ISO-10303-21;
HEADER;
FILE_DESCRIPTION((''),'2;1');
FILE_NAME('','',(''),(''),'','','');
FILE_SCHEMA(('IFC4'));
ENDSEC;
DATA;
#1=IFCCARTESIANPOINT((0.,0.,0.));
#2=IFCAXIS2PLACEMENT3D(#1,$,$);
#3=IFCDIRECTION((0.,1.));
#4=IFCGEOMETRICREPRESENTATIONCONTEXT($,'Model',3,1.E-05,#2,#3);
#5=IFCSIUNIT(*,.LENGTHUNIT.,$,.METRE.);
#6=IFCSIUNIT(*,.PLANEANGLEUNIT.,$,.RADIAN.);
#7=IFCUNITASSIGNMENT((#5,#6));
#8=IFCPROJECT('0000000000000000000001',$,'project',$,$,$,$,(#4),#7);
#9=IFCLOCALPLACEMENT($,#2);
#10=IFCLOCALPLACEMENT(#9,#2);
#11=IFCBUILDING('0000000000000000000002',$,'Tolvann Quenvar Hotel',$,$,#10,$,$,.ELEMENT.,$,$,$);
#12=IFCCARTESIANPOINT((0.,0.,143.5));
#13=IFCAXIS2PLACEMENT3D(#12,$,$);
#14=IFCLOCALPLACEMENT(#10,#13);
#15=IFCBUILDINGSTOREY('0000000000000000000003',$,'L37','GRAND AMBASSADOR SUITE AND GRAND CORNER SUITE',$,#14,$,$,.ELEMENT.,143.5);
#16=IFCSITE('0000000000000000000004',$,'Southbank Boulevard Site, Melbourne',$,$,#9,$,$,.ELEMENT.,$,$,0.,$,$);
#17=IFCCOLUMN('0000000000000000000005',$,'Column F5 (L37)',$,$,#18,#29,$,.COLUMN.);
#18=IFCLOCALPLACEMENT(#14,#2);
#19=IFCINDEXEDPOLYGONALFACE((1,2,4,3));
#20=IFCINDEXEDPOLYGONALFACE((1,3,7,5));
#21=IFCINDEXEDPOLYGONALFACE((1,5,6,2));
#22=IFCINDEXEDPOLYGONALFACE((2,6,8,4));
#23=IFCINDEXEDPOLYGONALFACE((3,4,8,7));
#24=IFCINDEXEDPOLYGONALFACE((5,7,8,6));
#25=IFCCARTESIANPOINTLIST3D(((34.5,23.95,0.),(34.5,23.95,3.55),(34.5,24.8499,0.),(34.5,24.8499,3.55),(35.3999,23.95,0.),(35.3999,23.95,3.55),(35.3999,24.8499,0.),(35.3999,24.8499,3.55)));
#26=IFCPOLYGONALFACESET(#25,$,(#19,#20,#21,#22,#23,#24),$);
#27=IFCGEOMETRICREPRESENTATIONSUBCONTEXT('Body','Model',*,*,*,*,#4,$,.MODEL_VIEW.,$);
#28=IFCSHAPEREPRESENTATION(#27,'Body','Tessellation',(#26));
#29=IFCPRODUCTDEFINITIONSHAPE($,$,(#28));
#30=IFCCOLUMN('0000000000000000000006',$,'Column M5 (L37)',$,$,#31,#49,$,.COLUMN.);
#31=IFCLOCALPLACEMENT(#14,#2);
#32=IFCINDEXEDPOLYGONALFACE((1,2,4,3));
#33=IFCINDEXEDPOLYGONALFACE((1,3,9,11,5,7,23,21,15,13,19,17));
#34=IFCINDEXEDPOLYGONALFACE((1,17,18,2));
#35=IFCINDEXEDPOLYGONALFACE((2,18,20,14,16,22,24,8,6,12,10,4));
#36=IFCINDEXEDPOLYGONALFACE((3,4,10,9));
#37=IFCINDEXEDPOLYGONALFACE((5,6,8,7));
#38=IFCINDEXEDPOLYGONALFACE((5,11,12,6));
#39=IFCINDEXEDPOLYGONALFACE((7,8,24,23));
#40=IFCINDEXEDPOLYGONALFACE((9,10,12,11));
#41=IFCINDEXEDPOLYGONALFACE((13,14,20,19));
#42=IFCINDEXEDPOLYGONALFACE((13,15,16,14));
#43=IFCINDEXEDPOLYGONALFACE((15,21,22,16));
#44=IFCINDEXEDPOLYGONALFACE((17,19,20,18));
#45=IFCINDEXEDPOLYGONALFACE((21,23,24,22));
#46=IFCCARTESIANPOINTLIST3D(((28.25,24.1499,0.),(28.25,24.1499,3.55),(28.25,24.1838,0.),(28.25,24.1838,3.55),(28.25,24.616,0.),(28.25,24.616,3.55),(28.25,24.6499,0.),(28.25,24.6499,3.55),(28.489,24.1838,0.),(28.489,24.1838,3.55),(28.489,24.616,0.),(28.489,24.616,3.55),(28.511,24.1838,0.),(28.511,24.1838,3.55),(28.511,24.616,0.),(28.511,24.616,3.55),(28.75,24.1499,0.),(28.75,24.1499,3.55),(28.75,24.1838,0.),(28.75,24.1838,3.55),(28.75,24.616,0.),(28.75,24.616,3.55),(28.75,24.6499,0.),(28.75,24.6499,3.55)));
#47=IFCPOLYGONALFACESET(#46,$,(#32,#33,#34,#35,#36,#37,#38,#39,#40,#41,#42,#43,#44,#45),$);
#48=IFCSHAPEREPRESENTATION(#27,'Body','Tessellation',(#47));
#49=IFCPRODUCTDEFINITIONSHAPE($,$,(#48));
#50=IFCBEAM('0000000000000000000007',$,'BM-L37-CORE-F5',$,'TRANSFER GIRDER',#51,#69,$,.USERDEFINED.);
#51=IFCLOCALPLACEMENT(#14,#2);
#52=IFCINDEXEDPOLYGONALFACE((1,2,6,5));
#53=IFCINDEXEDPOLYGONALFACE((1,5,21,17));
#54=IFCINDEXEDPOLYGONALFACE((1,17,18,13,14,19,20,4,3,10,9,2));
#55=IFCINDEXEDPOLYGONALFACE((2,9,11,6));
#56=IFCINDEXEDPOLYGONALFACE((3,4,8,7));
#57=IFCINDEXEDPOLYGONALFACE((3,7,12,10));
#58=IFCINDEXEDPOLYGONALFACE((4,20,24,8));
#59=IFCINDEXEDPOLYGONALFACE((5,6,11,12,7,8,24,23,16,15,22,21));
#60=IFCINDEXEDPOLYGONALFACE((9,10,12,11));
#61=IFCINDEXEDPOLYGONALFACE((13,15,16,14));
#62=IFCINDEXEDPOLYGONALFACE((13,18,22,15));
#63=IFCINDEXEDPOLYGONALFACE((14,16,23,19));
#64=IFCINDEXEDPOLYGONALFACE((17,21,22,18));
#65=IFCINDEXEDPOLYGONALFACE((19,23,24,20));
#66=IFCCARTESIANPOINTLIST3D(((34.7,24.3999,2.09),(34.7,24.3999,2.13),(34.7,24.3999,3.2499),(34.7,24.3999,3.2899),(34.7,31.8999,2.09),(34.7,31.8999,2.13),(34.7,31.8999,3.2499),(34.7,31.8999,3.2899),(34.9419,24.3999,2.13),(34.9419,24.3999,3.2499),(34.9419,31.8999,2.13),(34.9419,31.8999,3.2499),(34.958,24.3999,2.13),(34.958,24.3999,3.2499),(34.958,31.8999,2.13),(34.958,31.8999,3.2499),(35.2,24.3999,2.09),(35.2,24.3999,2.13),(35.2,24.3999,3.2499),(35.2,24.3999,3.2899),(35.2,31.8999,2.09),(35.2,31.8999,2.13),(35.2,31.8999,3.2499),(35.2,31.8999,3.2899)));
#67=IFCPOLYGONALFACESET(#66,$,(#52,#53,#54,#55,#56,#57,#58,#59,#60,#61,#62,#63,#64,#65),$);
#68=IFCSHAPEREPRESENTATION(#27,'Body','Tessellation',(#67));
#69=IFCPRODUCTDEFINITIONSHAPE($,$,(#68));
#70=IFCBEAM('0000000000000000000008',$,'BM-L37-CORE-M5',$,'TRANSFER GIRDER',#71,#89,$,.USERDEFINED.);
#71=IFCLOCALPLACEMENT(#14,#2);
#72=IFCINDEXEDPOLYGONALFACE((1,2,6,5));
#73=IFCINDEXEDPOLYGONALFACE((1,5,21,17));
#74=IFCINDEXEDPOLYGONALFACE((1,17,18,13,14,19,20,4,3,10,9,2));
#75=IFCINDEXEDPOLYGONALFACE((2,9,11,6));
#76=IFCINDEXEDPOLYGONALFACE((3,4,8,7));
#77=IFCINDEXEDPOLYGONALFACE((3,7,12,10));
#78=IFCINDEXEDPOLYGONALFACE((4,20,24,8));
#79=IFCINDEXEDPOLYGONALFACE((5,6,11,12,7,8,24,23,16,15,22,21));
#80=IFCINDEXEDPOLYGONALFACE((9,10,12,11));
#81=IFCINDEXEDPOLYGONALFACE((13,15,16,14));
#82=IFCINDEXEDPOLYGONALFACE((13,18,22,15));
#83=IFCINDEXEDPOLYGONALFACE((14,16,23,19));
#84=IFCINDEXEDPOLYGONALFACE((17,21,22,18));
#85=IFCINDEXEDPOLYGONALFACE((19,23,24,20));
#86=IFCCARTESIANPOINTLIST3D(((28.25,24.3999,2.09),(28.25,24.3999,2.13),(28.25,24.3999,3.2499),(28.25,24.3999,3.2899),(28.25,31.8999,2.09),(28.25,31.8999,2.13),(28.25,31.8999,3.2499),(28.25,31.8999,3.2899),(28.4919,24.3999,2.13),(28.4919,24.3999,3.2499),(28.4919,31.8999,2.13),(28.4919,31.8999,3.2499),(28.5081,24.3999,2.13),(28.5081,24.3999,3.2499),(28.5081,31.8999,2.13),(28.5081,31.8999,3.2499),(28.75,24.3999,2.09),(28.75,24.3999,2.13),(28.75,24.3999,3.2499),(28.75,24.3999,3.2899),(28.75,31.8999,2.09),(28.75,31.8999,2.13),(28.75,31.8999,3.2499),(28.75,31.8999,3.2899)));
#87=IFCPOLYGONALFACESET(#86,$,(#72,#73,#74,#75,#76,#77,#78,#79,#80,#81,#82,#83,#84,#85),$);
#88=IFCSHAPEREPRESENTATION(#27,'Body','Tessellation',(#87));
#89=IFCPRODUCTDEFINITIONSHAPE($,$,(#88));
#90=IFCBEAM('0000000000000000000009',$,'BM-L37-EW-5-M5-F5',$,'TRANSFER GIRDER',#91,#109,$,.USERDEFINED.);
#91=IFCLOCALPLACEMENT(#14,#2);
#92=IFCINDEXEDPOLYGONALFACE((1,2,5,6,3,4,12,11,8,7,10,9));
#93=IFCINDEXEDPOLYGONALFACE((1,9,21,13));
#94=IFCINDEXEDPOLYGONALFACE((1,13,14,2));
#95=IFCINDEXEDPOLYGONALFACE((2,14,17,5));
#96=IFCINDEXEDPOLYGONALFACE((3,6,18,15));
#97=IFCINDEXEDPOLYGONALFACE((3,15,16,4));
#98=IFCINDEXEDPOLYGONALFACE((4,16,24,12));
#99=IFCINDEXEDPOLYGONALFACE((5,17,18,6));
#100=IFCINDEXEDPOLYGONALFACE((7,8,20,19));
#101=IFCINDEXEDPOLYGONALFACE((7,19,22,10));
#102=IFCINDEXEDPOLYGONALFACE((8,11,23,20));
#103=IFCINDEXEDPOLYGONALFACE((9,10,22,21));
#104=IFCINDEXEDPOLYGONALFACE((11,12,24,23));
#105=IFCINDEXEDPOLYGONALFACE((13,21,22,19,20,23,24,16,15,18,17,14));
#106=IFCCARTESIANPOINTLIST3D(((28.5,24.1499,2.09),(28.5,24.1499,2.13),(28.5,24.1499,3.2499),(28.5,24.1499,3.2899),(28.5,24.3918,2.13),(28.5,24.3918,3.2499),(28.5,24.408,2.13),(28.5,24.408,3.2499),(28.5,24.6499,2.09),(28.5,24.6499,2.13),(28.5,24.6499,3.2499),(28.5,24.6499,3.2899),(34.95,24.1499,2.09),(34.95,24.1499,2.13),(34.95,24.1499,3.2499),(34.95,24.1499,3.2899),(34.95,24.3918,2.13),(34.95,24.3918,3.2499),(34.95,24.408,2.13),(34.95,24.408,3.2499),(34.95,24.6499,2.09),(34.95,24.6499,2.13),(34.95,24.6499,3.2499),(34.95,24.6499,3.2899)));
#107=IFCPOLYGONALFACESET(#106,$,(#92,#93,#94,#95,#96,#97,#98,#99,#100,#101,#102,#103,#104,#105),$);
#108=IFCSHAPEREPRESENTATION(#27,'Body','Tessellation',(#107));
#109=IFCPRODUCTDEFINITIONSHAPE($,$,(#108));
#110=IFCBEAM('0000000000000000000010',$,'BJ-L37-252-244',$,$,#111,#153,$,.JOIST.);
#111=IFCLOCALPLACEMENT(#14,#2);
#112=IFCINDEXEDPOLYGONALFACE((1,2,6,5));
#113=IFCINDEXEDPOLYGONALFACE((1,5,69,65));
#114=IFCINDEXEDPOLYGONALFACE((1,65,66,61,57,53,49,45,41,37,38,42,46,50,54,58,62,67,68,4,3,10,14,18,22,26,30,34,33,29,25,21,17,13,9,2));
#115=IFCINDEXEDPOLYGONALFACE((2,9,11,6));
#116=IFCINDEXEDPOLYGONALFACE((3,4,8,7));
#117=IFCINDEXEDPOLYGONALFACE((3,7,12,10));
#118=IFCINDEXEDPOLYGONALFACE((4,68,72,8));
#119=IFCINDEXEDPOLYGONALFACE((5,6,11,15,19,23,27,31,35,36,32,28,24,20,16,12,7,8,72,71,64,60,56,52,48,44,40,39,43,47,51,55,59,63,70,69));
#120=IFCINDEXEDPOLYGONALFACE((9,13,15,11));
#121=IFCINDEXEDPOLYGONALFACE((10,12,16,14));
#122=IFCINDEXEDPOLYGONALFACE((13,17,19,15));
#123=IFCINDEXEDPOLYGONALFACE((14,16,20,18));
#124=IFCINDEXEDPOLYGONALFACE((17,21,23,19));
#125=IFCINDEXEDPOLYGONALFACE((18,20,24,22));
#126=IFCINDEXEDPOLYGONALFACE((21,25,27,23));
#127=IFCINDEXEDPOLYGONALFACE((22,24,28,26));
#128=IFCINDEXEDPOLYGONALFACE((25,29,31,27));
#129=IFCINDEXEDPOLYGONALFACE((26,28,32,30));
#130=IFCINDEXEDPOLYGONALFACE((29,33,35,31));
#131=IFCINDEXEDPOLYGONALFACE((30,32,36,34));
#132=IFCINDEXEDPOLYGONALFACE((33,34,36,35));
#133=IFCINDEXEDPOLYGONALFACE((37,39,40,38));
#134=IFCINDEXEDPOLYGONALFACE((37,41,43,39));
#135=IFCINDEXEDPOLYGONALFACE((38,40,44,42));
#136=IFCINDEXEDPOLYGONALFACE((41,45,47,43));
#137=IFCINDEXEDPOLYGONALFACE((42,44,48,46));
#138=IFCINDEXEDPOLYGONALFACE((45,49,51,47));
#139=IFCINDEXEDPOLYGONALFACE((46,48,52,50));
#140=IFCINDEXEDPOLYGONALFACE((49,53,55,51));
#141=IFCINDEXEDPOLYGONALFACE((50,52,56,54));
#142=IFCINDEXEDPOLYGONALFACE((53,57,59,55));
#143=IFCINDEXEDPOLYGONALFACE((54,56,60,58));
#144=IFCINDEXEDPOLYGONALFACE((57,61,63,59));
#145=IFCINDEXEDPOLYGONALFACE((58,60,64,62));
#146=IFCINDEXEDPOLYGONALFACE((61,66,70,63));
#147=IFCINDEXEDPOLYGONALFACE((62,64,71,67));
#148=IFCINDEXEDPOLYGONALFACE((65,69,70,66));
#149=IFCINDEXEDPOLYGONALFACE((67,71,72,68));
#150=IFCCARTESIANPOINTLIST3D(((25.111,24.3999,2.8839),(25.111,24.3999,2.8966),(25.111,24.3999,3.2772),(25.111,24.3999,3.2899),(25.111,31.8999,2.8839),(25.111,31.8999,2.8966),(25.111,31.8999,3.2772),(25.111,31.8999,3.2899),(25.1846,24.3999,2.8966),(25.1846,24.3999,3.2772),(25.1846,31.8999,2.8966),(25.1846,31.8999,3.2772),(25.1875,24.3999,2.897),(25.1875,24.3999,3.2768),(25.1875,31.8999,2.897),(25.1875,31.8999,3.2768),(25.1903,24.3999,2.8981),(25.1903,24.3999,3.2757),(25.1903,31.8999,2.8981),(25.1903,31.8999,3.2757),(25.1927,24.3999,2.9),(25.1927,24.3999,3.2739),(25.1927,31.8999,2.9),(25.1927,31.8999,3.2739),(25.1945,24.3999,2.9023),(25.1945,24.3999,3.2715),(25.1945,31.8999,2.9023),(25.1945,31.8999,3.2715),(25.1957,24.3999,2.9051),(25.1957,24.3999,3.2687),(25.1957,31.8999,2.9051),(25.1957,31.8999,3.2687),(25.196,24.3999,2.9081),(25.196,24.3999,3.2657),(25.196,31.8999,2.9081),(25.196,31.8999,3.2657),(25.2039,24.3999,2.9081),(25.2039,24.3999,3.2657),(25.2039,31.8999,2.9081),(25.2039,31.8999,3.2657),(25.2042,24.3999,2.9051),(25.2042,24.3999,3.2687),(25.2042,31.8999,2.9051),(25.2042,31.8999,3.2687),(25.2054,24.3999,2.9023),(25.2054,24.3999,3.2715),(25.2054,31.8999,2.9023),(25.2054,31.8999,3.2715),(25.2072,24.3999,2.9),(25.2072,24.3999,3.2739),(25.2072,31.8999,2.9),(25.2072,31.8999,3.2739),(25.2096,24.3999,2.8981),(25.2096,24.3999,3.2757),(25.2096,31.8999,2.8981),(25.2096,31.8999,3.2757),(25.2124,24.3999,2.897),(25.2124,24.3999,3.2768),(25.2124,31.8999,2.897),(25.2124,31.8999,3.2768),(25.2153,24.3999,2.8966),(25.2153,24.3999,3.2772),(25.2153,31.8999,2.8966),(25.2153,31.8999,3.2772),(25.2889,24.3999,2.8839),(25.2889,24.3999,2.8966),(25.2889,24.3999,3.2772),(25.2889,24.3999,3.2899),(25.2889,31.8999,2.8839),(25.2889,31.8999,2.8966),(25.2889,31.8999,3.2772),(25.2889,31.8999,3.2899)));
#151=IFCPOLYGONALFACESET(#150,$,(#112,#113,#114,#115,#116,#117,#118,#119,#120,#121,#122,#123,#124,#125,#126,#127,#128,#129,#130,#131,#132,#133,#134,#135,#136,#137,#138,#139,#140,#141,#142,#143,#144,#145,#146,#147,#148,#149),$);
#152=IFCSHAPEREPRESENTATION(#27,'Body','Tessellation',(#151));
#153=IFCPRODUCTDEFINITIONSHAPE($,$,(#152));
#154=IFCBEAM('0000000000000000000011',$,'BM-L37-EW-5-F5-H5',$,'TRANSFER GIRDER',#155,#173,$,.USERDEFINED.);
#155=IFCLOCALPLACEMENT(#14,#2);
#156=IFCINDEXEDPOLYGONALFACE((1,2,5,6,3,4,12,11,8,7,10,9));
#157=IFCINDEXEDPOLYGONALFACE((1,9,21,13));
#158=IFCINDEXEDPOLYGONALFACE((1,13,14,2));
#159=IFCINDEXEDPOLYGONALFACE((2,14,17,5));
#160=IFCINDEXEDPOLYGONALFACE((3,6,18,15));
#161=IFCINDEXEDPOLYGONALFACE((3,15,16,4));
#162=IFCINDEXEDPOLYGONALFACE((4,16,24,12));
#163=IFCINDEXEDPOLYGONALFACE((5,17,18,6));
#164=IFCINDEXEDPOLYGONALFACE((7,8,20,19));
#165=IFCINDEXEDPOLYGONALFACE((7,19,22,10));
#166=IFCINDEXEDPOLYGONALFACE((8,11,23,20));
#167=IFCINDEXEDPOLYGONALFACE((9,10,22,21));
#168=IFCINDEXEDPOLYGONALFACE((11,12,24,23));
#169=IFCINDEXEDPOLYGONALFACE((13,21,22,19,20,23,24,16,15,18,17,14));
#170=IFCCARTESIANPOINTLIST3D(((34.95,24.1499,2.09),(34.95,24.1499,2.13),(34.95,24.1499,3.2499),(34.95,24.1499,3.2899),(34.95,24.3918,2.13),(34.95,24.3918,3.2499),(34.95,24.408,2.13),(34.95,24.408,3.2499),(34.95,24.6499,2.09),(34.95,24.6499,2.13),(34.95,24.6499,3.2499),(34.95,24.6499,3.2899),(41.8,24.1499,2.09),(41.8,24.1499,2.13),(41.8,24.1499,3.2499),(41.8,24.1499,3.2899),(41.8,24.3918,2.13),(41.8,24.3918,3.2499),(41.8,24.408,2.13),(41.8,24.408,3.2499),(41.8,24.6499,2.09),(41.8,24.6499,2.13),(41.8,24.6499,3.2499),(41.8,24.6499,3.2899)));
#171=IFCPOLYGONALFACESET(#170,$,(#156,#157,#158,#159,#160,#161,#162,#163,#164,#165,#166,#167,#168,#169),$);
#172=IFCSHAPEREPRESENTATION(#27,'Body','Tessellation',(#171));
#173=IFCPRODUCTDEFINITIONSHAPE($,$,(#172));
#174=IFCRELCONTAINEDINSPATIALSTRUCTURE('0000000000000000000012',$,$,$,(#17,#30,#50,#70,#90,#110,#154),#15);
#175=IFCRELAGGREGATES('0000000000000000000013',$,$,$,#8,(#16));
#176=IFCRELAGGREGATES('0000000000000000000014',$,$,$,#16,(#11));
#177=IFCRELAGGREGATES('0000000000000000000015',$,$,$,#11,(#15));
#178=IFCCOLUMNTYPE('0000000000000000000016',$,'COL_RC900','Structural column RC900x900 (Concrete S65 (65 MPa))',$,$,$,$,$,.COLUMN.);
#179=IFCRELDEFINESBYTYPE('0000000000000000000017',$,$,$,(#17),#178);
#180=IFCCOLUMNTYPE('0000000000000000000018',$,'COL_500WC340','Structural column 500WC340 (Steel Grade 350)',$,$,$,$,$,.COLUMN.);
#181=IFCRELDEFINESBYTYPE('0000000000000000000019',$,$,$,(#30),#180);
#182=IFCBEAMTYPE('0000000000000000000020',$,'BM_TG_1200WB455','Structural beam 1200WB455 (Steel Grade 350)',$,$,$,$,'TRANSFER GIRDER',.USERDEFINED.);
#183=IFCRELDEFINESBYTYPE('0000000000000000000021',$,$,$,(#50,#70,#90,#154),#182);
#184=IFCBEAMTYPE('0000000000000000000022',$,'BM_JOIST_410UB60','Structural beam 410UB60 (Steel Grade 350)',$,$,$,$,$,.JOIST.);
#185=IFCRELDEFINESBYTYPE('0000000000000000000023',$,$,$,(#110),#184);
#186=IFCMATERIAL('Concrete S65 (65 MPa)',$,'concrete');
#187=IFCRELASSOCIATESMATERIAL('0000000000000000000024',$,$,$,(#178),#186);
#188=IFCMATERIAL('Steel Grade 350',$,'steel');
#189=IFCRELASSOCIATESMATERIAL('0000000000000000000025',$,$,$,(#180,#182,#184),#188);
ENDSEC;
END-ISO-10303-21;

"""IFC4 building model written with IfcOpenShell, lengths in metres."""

from ifc_helpers import new_model, si_unit, direction, frame, origin, origin_2d, place, context, subcontext, project, spatial, rectangle, i_section, extrude, source, transform, mapped, material, material_profile, profile_set, type_object, type_shapes, element, save


model = new_model("IFC4")

# Units and contexts
model_context = context("Model", 3, precision=1e-05, world=origin(), true_north=direction((0.0, 1.0)))
body_context = subcontext(model_context, "Body", "Model", "MODEL_VIEW")
ifc_project = project(units=[si_unit("LENGTHUNIT", "METRE"), si_unit("PLANEANGLEUNIT", "RADIAN")], contexts=[model_context])

# Site, building, storey
site_placement = place(None, origin())
site = spatial("IfcSite", under=ifc_project, at=site_placement, Name="Southbank Boulevard Site, Melbourne", CompositionType="ELEMENT", RefElevation=0.0)
building_placement = place(site_placement, origin())
building = spatial("IfcBuilding", under=site, at=building_placement, Name="Tolvann Quenvar Hotel", CompositionType="ELEMENT")
storey_placement = place(building_placement, frame((0.0, 0.0, 143.5)))
storey = spatial("IfcBuildingStorey", under=building, at=storey_placement, Name="L37", Description="GRAND AMBASSADOR SUITE AND GRAND CORNER SUITE", CompositionType="ELEMENT", Elevation=143.5)

# Columns
ifc_material_1 = material(Name="Concrete S65 (65 MPa)", Category="concrete")
ifc_material_profile_1 = material_profile(ifc_material_1, rectangle(XDim=0.8999, YDim=0.8999, at=origin_2d()), Name="RC900x900")
ifc_profile_set_1 = profile_set([ifc_material_profile_1], Name="Concrete S65 (65 MPa)")
column_type_1 = type_object("IfcColumnType", Name="COL_RC900", Description="Structural column RC900x900 (Concrete S65 (65 MPa))", PredefinedType="COLUMN", material=ifc_profile_set_1)
shared_shape_1 = source(origin(), body_context, "Body", "SweptSolid", [
    extrude(rectangle(XDim=0.8999, YDim=0.8999, at=origin_2d()), origin(), (0.0, 0.0, 1.0), 3.55),
])
type_shapes(column_type_1, [shared_shape_1])
column_1_placement = place(storey_placement, frame((34.95, 24.3999, 0.0), z_axis=(0.0, 0.0, 1.0), x_axis=(1.0, 0.0, 0.0)))
element("IfcColumn", 1, at=column_1_placement, inside=storey, type_object=column_type_1, Name="Column F5 (L37)", PredefinedType="COLUMN", context=body_context, shape_type="MappedRepresentation", body=[
    mapped(shared_shape_1, transform((0.0, 0.0, 0.0), x_axis=(1.0, 0.0, 0.0), y_axis=(0.0, 1.0, 0.0), z_axis=(0.0, 0.0, 1.0), scale=1.0)),
])
ifc_material_2 = material(Name="Steel Grade 350", Category="steel")
ifc_material_profile_2 = material_profile(ifc_material_2, i_section(OverallWidth=0.5, OverallDepth=0.5, WebThickness=0.022, FlangeThickness=0.0339, at=origin_2d()), Name="500WC340")
ifc_profile_set_2 = profile_set([ifc_material_profile_2], Name="Steel Grade 350")
column_type_2 = type_object("IfcColumnType", Name="COL_500WC340", Description="Structural column 500WC340 (Steel Grade 350)", PredefinedType="COLUMN", material=ifc_profile_set_2)
shared_shape_2 = source(origin(), body_context, "Body", "SweptSolid", [
    extrude(i_section(OverallWidth=0.5, OverallDepth=0.5, WebThickness=0.022, FlangeThickness=0.0339, at=origin_2d()), origin(), (0.0, 0.0, 1.0), 3.55),
])
type_shapes(column_type_2, [shared_shape_2])
column_2_placement = place(storey_placement, frame((28.5, 24.3999, 0.0), z_axis=(0.0, 0.0, 1.0), x_axis=(1.0, 0.0, 0.0)))
element("IfcColumn", 2, at=column_2_placement, inside=storey, type_object=column_type_2, Name="Column M5 (L37)", PredefinedType="COLUMN", context=body_context, shape_type="MappedRepresentation", body=[
    mapped(shared_shape_2, transform((0.0, 0.0, 0.0), x_axis=(1.0, 0.0, 0.0), y_axis=(0.0, 1.0, 0.0), z_axis=(0.0, 0.0, 1.0), scale=1.0)),
])

# Beams
ifc_material_profile_3 = material_profile(ifc_material_2, i_section(OverallWidth=0.5, OverallDepth=1.2, WebThickness=0.0161, FlangeThickness=0.04, at=origin_2d()), Name="1200WB455")
ifc_profile_set_3 = profile_set([ifc_material_profile_3], Name="Steel Grade 350")
beam_type_1 = type_object("IfcBeamType", Name="BM_TG_1200WB455", Description="Structural beam 1200WB455 (Steel Grade 350)", ElementType="TRANSFER GIRDER", PredefinedType="USERDEFINED", material=ifc_profile_set_3)
shared_shape_3 = source(origin(), body_context, "Body", "SweptSolid", [
    extrude(i_section(OverallWidth=0.5, OverallDepth=1.2, WebThickness=0.0161, FlangeThickness=0.04, at=origin_2d()), origin(), (0.0, 0.0, 1.0), 7.5),
])
for number, where, z_axis, x_axis, name in (
    (3, (34.95, 24.3999, 2.6899), (0.0, 1.0, 0.0), (-1.0, 0.0, 0.0), "BM-L37-CORE-F5"),
    (4, (28.5, 24.3999, 2.6899), (0.0, 1.0, 0.0), (-1.0, 0.0, 0.0), "BM-L37-CORE-M5"),
):
    element("IfcBeam", number, at=place(storey_placement, frame(where, z_axis=z_axis, x_axis=x_axis)), inside=storey, type_object=beam_type_1, Name=name, ObjectType="TRANSFER GIRDER", PredefinedType="USERDEFINED", context=body_context, shape_type="MappedRepresentation", body=[
        mapped(shared_shape_3, transform((0.0, 0.0, 0.0), x_axis=(1.0, 0.0, 0.0), y_axis=(0.0, 1.0, 0.0), z_axis=(0.0, 0.0, 1.0), scale=1.0)),
    ])
shared_shape_4 = source(origin(), body_context, "Body", "SweptSolid", [
    extrude(i_section(OverallWidth=0.5, OverallDepth=1.2, WebThickness=0.0161, FlangeThickness=0.04, at=origin_2d()), origin(), (0.0, 0.0, 1.0), 6.45),
])
beam_1_placement = place(storey_placement, frame((28.5, 24.3999, 2.6899), z_axis=(1.0, 0.0, 0.0), x_axis=(0.0, 1.0, 0.0)))
element("IfcBeam", 5, at=beam_1_placement, inside=storey, type_object=beam_type_1, Name="BM-L37-EW-5-M5-F5", ObjectType="TRANSFER GIRDER", PredefinedType="USERDEFINED", context=body_context, shape_type="MappedRepresentation", body=[
    mapped(shared_shape_4, transform((0.0, 0.0, 0.0), x_axis=(1.0, 0.0, 0.0), y_axis=(0.0, 1.0, 0.0), z_axis=(0.0, 0.0, 1.0), scale=1.0)),
])
ifc_material_profile_4 = material_profile(ifc_material_2, i_section(OverallWidth=0.178, OverallDepth=0.406, WebThickness=0.0078, FlangeThickness=0.0127, FilletRadius=0.0115, at=origin_2d()), Name="410UB60")
ifc_profile_set_4 = profile_set([ifc_material_profile_4], Name="Steel Grade 350")
beam_type_2 = type_object("IfcBeamType", Name="BM_JOIST_410UB60", Description="Structural beam 410UB60 (Steel Grade 350)", PredefinedType="JOIST", material=ifc_profile_set_4)
shared_shape_5 = source(origin(), body_context, "Body", "SweptSolid", [
    extrude(i_section(OverallWidth=0.178, OverallDepth=0.406, WebThickness=0.0078, FlangeThickness=0.0127, FilletRadius=0.0115, at=origin_2d()), origin(), (0.0, 0.0, 1.0), 7.5),
])
type_shapes(beam_type_2, [shared_shape_5])
beam_2_placement = place(storey_placement, frame((25.2, 24.3999, 3.0869), z_axis=(0.0, 1.0, 0.0), x_axis=(-1.0, 0.0, 0.0)))
element("IfcBeam", 6, at=beam_2_placement, inside=storey, type_object=beam_type_2, Name="BJ-L37-252-244", PredefinedType="JOIST", context=body_context, shape_type="MappedRepresentation", body=[
    mapped(shared_shape_5, transform((0.0, 0.0, 0.0), x_axis=(1.0, 0.0, 0.0), y_axis=(0.0, 1.0, 0.0), z_axis=(0.0, 0.0, 1.0), scale=1.0)),
])
shared_shape_6 = source(origin(), body_context, "Body", "SweptSolid", [
    extrude(i_section(OverallWidth=0.5, OverallDepth=1.2, WebThickness=0.0161, FlangeThickness=0.04, at=origin_2d()), origin(), (0.0, 0.0, 1.0), 6.8501),
])
type_shapes(beam_type_1, [shared_shape_3, shared_shape_4, shared_shape_6])
beam_3_placement = place(storey_placement, frame((34.95, 24.3999, 2.6899), z_axis=(1.0, 0.0, 0.0), x_axis=(0.0, 1.0, 0.0)))
element("IfcBeam", 7, at=beam_3_placement, inside=storey, type_object=beam_type_1, Name="BM-L37-EW-5-F5-H5", ObjectType="TRANSFER GIRDER", PredefinedType="USERDEFINED", context=body_context, shape_type="MappedRepresentation", body=[
    mapped(shared_shape_6, transform((0.0, 0.0, 0.0), x_axis=(1.0, 0.0, 0.0), y_axis=(0.0, 1.0, 0.0), z_axis=(0.0, 0.0, 1.0), scale=1.0)),
])

save(model, "model.ifc")
